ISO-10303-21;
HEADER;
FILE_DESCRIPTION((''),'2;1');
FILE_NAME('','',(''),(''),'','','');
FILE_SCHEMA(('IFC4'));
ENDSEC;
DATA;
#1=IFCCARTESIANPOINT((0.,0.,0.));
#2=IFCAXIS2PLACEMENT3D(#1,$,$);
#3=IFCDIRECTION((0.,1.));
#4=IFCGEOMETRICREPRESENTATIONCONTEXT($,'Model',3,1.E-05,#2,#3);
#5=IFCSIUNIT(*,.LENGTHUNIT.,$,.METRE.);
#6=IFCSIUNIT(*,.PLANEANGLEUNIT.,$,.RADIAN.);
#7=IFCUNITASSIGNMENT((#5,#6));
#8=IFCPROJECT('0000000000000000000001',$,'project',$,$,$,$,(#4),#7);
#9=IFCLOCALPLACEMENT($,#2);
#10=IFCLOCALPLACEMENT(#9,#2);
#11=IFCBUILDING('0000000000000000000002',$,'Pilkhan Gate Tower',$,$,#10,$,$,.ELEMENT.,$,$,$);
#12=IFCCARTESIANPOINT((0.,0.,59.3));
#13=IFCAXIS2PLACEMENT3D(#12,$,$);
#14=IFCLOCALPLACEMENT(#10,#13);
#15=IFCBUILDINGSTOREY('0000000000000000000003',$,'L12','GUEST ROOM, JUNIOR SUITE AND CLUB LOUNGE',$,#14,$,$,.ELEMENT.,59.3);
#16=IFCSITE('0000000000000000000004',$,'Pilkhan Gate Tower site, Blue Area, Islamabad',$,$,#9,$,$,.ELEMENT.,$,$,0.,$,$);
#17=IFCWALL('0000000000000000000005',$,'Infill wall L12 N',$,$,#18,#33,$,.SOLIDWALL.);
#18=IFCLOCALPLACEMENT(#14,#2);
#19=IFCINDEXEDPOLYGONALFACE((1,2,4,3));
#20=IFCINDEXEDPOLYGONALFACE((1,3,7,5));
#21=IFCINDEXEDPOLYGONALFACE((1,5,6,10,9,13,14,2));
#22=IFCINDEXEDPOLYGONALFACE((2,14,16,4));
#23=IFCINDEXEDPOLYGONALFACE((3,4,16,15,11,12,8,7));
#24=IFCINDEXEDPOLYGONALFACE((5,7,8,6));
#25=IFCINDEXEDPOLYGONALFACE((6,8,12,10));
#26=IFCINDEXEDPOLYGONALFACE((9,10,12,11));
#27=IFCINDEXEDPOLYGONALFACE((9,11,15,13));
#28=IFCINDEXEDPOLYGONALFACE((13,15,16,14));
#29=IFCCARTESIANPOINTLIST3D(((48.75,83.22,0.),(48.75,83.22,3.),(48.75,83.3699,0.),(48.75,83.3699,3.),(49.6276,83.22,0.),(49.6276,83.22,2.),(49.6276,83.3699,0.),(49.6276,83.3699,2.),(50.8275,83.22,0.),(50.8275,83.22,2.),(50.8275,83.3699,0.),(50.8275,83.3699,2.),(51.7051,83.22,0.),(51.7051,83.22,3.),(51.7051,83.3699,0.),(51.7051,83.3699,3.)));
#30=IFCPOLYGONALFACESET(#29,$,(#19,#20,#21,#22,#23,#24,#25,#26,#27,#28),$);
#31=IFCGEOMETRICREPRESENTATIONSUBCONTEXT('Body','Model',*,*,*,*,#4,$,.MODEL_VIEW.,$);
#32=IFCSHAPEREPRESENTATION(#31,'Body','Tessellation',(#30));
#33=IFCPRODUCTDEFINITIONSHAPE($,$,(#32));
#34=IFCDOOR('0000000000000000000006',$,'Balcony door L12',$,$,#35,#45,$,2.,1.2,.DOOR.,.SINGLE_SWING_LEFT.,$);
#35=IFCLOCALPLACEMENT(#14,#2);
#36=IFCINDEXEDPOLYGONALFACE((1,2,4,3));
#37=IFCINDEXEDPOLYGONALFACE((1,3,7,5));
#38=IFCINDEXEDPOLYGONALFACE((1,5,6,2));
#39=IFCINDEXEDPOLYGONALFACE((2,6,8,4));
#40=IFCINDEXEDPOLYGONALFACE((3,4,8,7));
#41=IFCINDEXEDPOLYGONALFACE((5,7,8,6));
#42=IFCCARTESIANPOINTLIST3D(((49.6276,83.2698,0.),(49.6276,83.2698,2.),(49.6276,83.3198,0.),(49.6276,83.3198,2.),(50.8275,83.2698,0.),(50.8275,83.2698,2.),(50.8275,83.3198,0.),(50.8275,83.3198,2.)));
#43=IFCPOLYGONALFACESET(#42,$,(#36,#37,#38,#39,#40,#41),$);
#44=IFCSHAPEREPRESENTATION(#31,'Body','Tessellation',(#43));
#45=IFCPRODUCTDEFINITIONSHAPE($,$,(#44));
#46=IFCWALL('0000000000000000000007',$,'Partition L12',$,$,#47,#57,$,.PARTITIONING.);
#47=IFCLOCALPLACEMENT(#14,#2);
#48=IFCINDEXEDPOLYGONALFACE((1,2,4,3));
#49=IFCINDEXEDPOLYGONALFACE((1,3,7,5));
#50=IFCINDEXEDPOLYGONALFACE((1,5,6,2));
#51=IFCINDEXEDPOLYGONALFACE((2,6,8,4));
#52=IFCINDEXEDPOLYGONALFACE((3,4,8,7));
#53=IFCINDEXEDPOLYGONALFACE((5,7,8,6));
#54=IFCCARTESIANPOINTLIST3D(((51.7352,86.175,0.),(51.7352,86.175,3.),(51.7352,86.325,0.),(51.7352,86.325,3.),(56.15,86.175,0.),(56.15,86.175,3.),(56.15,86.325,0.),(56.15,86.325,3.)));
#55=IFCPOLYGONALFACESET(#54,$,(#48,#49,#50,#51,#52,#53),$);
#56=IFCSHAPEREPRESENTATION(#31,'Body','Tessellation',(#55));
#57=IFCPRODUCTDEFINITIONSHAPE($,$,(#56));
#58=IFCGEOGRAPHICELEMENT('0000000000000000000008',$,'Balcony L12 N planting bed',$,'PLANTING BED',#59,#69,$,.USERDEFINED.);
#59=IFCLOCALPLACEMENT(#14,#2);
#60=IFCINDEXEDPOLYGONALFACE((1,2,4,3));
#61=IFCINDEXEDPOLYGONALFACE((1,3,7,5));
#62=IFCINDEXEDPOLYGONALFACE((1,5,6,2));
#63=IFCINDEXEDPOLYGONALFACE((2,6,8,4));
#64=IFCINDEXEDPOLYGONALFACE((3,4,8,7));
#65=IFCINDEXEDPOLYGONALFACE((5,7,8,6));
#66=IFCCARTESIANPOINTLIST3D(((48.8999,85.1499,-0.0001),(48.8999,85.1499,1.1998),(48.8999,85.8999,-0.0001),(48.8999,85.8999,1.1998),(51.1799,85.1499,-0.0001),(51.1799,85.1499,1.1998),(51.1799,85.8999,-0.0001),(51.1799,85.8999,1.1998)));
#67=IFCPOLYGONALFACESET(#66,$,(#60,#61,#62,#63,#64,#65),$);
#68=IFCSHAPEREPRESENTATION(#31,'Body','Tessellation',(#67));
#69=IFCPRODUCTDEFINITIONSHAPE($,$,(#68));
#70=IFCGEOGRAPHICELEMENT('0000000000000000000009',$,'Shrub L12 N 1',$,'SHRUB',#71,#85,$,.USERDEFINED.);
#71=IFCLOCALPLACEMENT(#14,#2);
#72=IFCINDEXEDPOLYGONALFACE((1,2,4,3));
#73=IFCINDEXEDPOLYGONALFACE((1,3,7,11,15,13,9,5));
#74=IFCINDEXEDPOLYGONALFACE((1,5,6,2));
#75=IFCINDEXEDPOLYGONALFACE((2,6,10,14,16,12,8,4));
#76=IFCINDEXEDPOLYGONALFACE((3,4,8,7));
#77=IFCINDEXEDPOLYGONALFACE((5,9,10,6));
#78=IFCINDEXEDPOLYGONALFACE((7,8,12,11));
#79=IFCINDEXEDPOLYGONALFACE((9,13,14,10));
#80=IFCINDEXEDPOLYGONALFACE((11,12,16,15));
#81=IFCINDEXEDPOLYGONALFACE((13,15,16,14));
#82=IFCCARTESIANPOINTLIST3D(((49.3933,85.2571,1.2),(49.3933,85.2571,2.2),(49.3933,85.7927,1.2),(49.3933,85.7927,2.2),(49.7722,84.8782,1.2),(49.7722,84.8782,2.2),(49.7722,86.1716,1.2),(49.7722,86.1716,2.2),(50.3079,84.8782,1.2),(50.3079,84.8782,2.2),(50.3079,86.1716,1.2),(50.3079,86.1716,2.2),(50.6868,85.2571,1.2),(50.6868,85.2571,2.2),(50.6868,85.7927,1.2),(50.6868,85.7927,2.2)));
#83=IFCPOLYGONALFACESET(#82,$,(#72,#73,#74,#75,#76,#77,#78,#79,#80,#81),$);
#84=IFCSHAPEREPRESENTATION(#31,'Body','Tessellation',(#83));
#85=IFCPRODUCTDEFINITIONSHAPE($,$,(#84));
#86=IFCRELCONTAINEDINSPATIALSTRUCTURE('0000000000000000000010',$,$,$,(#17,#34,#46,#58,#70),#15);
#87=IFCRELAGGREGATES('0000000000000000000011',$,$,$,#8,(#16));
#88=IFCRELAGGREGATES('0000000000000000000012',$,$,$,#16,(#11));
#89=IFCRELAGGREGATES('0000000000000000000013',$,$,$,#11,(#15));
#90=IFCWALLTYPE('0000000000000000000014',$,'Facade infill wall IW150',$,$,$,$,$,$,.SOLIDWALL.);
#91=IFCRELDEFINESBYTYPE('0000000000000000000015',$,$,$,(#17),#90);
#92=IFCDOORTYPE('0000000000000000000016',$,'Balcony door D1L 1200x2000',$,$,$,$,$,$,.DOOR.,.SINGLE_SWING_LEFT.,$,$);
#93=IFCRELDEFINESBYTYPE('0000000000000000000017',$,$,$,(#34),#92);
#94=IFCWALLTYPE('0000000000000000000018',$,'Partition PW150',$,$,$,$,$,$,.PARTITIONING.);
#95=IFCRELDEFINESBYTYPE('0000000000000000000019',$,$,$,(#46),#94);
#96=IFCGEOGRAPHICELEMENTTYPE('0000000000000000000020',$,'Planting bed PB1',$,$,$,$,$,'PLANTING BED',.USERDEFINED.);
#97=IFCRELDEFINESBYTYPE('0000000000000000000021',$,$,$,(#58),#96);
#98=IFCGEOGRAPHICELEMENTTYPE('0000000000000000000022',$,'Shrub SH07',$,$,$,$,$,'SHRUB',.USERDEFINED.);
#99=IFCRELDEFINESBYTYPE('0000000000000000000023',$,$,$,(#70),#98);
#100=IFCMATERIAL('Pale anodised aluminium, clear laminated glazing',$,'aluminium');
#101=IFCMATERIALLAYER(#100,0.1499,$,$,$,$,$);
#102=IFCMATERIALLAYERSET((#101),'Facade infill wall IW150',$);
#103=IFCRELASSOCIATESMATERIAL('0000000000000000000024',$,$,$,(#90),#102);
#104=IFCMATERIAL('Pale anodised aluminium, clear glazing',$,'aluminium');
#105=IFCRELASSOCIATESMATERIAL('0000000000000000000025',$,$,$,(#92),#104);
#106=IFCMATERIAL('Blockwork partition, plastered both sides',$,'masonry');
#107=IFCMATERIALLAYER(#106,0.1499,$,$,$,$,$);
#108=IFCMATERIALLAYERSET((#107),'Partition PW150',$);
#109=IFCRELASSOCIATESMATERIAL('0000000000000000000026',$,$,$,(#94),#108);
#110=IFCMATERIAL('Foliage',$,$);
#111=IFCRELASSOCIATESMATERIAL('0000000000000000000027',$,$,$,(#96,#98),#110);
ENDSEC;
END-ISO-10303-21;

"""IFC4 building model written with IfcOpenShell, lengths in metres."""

from ifc_helpers import new_model, si_unit, direction, frame, frame_2d, origin, origin_2d, place, context, subcontext, project, spatial, polyline, rectangle, outline, extrude, material, layer, layer_set, material_profile, profile_set, type_object, element, fill, save


model = new_model("IFC4")

# Units and contexts
model_context = context("Model", 3, precision=1e-05, world=origin(), true_north=direction((0.0, 1.0)))
body_context = subcontext(model_context, "Body", "Model", "MODEL_VIEW")
ifc_project = project(units=[si_unit("LENGTHUNIT", "METRE"), si_unit("PLANEANGLEUNIT", "RADIAN")], contexts=[model_context])

# Site, building, storey
site_placement = place(None, origin())
site = spatial("IfcSite", under=ifc_project, at=site_placement, Name="Pilkhan Gate Tower site, Blue Area, Islamabad", CompositionType="ELEMENT", RefElevation=0.0)
building_placement = place(site_placement, origin())
building = spatial("IfcBuilding", under=site, at=building_placement, Name="Pilkhan Gate Tower", CompositionType="ELEMENT")
storey_placement = place(building_placement, frame((0.0, 0.0, 59.3)))
storey = spatial("IfcBuildingStorey", under=building, at=storey_placement, Name="L12", Description="GUEST ROOM, JUNIOR SUITE AND CLUB LOUNGE", CompositionType="ELEMENT", Elevation=59.3)

# Wall, opening, door
ifc_material_1 = material(Name="Pale anodised aluminium, clear laminated glazing", Category="aluminium")
ifc_layer_1 = layer(ifc_material_1, 0.1499)
ifc_layer_set_1 = layer_set([ifc_layer_1], Name="Facade infill wall IW150")
wall_type_1 = type_object("IfcWallType", Name="Facade infill wall IW150", PredefinedType="SOLIDWALL", material=ifc_layer_set_1)
wall_1_placement = place(storey_placement, frame((48.75, 83.2949, 0.0), z_axis=(0.0, 0.0, 1.0), x_axis=(1.0, 0.0, 0.0)))
wall_1 = element("IfcWall", 1, at=wall_1_placement, inside=storey, type_object=wall_type_1, Name="Infill wall L12 N", PredefinedType="SOLIDWALL", context=body_context, shape_type="SweptSolid", body=[
    extrude(rectangle(XDim=2.9551, YDim=0.1499, at=frame_2d((1.4775, 0.0))), origin(), (0.0, 0.0, 1.0), 3.0),
])
opening_placement = place(wall_1_placement, frame((0.8774, 0.0, 0.0)))
opening = element("IfcOpeningElement", 2, at=opening_placement, cuts=wall_1, PredefinedType="OPENING", context=body_context, shape_type="SweptSolid", body=[
    extrude(rectangle(XDim=1.2, YDim=2.0, at=frame_2d((0.6001, 1.0))), frame((0.0, 0.085, 0.0), z_axis=(0.0, -1.0, 0.0), x_axis=(1.0, 0.0, 0.0)), (0.0, 0.0, 1.0), 0.1699),
])
ifc_material_2 = material(Name="Pale anodised aluminium, clear glazing", Category="aluminium")
door_type = type_object("IfcDoorType", Name="Balcony door D1L 1200x2000", OperationType="SINGLE_SWING_LEFT", PredefinedType="DOOR", material=ifc_material_2)
door_placement = place(opening_placement, origin())
door = element("IfcDoor", 3, at=door_placement, inside=storey, type_object=door_type, Name="Balcony door L12", OperationType="SINGLE_SWING_LEFT", OverallHeight=2.0, OverallWidth=1.2, PredefinedType="DOOR", context=body_context, shape_type="SweptSolid", body=[
    extrude(rectangle(XDim=1.2, YDim=2.0, at=frame_2d((0.6001, 1.0))), frame((0.0, 0.0249, 0.0), z_axis=(0.0, -1.0, 0.0), x_axis=(1.0, 0.0, 0.0)), (0.0, 0.0, 1.0), 0.05),
])
fill(opening, door)

# Wall
ifc_material_3 = material(Name="Blockwork partition, plastered both sides", Category="masonry")
ifc_layer_2 = layer(ifc_material_3, 0.1499)
ifc_layer_set_2 = layer_set([ifc_layer_2], Name="Partition PW150")
wall_type_2 = type_object("IfcWallType", Name="Partition PW150", PredefinedType="PARTITIONING", material=ifc_layer_set_2)
wall_2_placement = place(storey_placement, frame((51.7351, 86.25, 0.0), z_axis=(0.0, 0.0, 1.0), x_axis=(1.0, 0.0, 0.0)))
element("IfcWall", 4, at=wall_2_placement, inside=storey, type_object=wall_type_2, Name="Partition L12", PredefinedType="PARTITIONING", context=body_context, shape_type="SweptSolid", body=[
    extrude(rectangle(XDim=4.4148, YDim=0.1499, at=frame_2d((2.2075, 0.0))), origin(), (0.0, 0.0, 1.0), 3.0),
])

# Geographic elements
ifc_material_4 = material(Name="Foliage")
ifc_material_profile_1 = material_profile(ifc_material_4, rectangle(XDim=0.75, YDim=1.2, at=origin_2d()), Name="Bed 750x1200")
ifc_profile_set_1 = profile_set([ifc_material_profile_1], Name="Foliage")
geographic_element_type_1 = type_object("IfcGeographicElementType", Name="Planting bed PB1", ElementType="PLANTING BED", PredefinedType="USERDEFINED", material=ifc_profile_set_1)
geographic_element_1_placement = place(storey_placement, frame((48.8999, 85.5249, 0.5999), z_axis=(1.0, 0.0, 0.0), x_axis=(0.0, 1.0, 0.0)))
element("IfcGeographicElement", 5, at=geographic_element_1_placement, inside=storey, type_object=geographic_element_type_1, Name="Balcony L12 N planting bed", ObjectType="PLANTING BED", PredefinedType="USERDEFINED", context=body_context, shape_type="SweptSolid", body=[
    extrude(rectangle(XDim=0.75, YDim=1.2, at=origin_2d()), origin(), (0.0, 0.0, 1.0), 2.28),
])
ifc_material_profile_2 = material_profile(ifc_material_4, outline(polyline([(0.6467, 0.2678), (0.2678, 0.6467), (-0.2678, 0.6467), (-0.6467, 0.2678), (-0.6467, -0.2678), (-0.2678, -0.6467), (0.2678, -0.6467), (0.6467, -0.2678), (0.6467, 0.2678)])), Name="Shrub D1.4")
ifc_profile_set_2 = profile_set([ifc_material_profile_2], Name="Foliage")
geographic_element_type_2 = type_object("IfcGeographicElementType", Name="Shrub SH07", ElementType="SHRUB", PredefinedType="USERDEFINED", material=ifc_profile_set_2)
geographic_element_2_placement = place(storey_placement, frame((50.04, 85.5249, 1.2), z_axis=(0.0, 0.0, 1.0), x_axis=(1.0, 0.0, 0.0)))
element("IfcGeographicElement", 6, at=geographic_element_2_placement, inside=storey, type_object=geographic_element_type_2, Name="Shrub L12 N 1", ObjectType="SHRUB", PredefinedType="USERDEFINED", context=body_context, shape_type="SweptSolid", body=[
    extrude(outline(polyline([(0.6467, 0.2678), (0.2678, 0.6467), (-0.2678, 0.6467), (-0.6467, 0.2678), (-0.6467, -0.2678), (-0.2678, -0.6467), (0.2678, -0.6467), (0.6467, -0.2678), (0.6467, 0.2678)])), origin(), (0.0, 0.0, 1.0), 1.0),
])

save(model, "model.ifc")
